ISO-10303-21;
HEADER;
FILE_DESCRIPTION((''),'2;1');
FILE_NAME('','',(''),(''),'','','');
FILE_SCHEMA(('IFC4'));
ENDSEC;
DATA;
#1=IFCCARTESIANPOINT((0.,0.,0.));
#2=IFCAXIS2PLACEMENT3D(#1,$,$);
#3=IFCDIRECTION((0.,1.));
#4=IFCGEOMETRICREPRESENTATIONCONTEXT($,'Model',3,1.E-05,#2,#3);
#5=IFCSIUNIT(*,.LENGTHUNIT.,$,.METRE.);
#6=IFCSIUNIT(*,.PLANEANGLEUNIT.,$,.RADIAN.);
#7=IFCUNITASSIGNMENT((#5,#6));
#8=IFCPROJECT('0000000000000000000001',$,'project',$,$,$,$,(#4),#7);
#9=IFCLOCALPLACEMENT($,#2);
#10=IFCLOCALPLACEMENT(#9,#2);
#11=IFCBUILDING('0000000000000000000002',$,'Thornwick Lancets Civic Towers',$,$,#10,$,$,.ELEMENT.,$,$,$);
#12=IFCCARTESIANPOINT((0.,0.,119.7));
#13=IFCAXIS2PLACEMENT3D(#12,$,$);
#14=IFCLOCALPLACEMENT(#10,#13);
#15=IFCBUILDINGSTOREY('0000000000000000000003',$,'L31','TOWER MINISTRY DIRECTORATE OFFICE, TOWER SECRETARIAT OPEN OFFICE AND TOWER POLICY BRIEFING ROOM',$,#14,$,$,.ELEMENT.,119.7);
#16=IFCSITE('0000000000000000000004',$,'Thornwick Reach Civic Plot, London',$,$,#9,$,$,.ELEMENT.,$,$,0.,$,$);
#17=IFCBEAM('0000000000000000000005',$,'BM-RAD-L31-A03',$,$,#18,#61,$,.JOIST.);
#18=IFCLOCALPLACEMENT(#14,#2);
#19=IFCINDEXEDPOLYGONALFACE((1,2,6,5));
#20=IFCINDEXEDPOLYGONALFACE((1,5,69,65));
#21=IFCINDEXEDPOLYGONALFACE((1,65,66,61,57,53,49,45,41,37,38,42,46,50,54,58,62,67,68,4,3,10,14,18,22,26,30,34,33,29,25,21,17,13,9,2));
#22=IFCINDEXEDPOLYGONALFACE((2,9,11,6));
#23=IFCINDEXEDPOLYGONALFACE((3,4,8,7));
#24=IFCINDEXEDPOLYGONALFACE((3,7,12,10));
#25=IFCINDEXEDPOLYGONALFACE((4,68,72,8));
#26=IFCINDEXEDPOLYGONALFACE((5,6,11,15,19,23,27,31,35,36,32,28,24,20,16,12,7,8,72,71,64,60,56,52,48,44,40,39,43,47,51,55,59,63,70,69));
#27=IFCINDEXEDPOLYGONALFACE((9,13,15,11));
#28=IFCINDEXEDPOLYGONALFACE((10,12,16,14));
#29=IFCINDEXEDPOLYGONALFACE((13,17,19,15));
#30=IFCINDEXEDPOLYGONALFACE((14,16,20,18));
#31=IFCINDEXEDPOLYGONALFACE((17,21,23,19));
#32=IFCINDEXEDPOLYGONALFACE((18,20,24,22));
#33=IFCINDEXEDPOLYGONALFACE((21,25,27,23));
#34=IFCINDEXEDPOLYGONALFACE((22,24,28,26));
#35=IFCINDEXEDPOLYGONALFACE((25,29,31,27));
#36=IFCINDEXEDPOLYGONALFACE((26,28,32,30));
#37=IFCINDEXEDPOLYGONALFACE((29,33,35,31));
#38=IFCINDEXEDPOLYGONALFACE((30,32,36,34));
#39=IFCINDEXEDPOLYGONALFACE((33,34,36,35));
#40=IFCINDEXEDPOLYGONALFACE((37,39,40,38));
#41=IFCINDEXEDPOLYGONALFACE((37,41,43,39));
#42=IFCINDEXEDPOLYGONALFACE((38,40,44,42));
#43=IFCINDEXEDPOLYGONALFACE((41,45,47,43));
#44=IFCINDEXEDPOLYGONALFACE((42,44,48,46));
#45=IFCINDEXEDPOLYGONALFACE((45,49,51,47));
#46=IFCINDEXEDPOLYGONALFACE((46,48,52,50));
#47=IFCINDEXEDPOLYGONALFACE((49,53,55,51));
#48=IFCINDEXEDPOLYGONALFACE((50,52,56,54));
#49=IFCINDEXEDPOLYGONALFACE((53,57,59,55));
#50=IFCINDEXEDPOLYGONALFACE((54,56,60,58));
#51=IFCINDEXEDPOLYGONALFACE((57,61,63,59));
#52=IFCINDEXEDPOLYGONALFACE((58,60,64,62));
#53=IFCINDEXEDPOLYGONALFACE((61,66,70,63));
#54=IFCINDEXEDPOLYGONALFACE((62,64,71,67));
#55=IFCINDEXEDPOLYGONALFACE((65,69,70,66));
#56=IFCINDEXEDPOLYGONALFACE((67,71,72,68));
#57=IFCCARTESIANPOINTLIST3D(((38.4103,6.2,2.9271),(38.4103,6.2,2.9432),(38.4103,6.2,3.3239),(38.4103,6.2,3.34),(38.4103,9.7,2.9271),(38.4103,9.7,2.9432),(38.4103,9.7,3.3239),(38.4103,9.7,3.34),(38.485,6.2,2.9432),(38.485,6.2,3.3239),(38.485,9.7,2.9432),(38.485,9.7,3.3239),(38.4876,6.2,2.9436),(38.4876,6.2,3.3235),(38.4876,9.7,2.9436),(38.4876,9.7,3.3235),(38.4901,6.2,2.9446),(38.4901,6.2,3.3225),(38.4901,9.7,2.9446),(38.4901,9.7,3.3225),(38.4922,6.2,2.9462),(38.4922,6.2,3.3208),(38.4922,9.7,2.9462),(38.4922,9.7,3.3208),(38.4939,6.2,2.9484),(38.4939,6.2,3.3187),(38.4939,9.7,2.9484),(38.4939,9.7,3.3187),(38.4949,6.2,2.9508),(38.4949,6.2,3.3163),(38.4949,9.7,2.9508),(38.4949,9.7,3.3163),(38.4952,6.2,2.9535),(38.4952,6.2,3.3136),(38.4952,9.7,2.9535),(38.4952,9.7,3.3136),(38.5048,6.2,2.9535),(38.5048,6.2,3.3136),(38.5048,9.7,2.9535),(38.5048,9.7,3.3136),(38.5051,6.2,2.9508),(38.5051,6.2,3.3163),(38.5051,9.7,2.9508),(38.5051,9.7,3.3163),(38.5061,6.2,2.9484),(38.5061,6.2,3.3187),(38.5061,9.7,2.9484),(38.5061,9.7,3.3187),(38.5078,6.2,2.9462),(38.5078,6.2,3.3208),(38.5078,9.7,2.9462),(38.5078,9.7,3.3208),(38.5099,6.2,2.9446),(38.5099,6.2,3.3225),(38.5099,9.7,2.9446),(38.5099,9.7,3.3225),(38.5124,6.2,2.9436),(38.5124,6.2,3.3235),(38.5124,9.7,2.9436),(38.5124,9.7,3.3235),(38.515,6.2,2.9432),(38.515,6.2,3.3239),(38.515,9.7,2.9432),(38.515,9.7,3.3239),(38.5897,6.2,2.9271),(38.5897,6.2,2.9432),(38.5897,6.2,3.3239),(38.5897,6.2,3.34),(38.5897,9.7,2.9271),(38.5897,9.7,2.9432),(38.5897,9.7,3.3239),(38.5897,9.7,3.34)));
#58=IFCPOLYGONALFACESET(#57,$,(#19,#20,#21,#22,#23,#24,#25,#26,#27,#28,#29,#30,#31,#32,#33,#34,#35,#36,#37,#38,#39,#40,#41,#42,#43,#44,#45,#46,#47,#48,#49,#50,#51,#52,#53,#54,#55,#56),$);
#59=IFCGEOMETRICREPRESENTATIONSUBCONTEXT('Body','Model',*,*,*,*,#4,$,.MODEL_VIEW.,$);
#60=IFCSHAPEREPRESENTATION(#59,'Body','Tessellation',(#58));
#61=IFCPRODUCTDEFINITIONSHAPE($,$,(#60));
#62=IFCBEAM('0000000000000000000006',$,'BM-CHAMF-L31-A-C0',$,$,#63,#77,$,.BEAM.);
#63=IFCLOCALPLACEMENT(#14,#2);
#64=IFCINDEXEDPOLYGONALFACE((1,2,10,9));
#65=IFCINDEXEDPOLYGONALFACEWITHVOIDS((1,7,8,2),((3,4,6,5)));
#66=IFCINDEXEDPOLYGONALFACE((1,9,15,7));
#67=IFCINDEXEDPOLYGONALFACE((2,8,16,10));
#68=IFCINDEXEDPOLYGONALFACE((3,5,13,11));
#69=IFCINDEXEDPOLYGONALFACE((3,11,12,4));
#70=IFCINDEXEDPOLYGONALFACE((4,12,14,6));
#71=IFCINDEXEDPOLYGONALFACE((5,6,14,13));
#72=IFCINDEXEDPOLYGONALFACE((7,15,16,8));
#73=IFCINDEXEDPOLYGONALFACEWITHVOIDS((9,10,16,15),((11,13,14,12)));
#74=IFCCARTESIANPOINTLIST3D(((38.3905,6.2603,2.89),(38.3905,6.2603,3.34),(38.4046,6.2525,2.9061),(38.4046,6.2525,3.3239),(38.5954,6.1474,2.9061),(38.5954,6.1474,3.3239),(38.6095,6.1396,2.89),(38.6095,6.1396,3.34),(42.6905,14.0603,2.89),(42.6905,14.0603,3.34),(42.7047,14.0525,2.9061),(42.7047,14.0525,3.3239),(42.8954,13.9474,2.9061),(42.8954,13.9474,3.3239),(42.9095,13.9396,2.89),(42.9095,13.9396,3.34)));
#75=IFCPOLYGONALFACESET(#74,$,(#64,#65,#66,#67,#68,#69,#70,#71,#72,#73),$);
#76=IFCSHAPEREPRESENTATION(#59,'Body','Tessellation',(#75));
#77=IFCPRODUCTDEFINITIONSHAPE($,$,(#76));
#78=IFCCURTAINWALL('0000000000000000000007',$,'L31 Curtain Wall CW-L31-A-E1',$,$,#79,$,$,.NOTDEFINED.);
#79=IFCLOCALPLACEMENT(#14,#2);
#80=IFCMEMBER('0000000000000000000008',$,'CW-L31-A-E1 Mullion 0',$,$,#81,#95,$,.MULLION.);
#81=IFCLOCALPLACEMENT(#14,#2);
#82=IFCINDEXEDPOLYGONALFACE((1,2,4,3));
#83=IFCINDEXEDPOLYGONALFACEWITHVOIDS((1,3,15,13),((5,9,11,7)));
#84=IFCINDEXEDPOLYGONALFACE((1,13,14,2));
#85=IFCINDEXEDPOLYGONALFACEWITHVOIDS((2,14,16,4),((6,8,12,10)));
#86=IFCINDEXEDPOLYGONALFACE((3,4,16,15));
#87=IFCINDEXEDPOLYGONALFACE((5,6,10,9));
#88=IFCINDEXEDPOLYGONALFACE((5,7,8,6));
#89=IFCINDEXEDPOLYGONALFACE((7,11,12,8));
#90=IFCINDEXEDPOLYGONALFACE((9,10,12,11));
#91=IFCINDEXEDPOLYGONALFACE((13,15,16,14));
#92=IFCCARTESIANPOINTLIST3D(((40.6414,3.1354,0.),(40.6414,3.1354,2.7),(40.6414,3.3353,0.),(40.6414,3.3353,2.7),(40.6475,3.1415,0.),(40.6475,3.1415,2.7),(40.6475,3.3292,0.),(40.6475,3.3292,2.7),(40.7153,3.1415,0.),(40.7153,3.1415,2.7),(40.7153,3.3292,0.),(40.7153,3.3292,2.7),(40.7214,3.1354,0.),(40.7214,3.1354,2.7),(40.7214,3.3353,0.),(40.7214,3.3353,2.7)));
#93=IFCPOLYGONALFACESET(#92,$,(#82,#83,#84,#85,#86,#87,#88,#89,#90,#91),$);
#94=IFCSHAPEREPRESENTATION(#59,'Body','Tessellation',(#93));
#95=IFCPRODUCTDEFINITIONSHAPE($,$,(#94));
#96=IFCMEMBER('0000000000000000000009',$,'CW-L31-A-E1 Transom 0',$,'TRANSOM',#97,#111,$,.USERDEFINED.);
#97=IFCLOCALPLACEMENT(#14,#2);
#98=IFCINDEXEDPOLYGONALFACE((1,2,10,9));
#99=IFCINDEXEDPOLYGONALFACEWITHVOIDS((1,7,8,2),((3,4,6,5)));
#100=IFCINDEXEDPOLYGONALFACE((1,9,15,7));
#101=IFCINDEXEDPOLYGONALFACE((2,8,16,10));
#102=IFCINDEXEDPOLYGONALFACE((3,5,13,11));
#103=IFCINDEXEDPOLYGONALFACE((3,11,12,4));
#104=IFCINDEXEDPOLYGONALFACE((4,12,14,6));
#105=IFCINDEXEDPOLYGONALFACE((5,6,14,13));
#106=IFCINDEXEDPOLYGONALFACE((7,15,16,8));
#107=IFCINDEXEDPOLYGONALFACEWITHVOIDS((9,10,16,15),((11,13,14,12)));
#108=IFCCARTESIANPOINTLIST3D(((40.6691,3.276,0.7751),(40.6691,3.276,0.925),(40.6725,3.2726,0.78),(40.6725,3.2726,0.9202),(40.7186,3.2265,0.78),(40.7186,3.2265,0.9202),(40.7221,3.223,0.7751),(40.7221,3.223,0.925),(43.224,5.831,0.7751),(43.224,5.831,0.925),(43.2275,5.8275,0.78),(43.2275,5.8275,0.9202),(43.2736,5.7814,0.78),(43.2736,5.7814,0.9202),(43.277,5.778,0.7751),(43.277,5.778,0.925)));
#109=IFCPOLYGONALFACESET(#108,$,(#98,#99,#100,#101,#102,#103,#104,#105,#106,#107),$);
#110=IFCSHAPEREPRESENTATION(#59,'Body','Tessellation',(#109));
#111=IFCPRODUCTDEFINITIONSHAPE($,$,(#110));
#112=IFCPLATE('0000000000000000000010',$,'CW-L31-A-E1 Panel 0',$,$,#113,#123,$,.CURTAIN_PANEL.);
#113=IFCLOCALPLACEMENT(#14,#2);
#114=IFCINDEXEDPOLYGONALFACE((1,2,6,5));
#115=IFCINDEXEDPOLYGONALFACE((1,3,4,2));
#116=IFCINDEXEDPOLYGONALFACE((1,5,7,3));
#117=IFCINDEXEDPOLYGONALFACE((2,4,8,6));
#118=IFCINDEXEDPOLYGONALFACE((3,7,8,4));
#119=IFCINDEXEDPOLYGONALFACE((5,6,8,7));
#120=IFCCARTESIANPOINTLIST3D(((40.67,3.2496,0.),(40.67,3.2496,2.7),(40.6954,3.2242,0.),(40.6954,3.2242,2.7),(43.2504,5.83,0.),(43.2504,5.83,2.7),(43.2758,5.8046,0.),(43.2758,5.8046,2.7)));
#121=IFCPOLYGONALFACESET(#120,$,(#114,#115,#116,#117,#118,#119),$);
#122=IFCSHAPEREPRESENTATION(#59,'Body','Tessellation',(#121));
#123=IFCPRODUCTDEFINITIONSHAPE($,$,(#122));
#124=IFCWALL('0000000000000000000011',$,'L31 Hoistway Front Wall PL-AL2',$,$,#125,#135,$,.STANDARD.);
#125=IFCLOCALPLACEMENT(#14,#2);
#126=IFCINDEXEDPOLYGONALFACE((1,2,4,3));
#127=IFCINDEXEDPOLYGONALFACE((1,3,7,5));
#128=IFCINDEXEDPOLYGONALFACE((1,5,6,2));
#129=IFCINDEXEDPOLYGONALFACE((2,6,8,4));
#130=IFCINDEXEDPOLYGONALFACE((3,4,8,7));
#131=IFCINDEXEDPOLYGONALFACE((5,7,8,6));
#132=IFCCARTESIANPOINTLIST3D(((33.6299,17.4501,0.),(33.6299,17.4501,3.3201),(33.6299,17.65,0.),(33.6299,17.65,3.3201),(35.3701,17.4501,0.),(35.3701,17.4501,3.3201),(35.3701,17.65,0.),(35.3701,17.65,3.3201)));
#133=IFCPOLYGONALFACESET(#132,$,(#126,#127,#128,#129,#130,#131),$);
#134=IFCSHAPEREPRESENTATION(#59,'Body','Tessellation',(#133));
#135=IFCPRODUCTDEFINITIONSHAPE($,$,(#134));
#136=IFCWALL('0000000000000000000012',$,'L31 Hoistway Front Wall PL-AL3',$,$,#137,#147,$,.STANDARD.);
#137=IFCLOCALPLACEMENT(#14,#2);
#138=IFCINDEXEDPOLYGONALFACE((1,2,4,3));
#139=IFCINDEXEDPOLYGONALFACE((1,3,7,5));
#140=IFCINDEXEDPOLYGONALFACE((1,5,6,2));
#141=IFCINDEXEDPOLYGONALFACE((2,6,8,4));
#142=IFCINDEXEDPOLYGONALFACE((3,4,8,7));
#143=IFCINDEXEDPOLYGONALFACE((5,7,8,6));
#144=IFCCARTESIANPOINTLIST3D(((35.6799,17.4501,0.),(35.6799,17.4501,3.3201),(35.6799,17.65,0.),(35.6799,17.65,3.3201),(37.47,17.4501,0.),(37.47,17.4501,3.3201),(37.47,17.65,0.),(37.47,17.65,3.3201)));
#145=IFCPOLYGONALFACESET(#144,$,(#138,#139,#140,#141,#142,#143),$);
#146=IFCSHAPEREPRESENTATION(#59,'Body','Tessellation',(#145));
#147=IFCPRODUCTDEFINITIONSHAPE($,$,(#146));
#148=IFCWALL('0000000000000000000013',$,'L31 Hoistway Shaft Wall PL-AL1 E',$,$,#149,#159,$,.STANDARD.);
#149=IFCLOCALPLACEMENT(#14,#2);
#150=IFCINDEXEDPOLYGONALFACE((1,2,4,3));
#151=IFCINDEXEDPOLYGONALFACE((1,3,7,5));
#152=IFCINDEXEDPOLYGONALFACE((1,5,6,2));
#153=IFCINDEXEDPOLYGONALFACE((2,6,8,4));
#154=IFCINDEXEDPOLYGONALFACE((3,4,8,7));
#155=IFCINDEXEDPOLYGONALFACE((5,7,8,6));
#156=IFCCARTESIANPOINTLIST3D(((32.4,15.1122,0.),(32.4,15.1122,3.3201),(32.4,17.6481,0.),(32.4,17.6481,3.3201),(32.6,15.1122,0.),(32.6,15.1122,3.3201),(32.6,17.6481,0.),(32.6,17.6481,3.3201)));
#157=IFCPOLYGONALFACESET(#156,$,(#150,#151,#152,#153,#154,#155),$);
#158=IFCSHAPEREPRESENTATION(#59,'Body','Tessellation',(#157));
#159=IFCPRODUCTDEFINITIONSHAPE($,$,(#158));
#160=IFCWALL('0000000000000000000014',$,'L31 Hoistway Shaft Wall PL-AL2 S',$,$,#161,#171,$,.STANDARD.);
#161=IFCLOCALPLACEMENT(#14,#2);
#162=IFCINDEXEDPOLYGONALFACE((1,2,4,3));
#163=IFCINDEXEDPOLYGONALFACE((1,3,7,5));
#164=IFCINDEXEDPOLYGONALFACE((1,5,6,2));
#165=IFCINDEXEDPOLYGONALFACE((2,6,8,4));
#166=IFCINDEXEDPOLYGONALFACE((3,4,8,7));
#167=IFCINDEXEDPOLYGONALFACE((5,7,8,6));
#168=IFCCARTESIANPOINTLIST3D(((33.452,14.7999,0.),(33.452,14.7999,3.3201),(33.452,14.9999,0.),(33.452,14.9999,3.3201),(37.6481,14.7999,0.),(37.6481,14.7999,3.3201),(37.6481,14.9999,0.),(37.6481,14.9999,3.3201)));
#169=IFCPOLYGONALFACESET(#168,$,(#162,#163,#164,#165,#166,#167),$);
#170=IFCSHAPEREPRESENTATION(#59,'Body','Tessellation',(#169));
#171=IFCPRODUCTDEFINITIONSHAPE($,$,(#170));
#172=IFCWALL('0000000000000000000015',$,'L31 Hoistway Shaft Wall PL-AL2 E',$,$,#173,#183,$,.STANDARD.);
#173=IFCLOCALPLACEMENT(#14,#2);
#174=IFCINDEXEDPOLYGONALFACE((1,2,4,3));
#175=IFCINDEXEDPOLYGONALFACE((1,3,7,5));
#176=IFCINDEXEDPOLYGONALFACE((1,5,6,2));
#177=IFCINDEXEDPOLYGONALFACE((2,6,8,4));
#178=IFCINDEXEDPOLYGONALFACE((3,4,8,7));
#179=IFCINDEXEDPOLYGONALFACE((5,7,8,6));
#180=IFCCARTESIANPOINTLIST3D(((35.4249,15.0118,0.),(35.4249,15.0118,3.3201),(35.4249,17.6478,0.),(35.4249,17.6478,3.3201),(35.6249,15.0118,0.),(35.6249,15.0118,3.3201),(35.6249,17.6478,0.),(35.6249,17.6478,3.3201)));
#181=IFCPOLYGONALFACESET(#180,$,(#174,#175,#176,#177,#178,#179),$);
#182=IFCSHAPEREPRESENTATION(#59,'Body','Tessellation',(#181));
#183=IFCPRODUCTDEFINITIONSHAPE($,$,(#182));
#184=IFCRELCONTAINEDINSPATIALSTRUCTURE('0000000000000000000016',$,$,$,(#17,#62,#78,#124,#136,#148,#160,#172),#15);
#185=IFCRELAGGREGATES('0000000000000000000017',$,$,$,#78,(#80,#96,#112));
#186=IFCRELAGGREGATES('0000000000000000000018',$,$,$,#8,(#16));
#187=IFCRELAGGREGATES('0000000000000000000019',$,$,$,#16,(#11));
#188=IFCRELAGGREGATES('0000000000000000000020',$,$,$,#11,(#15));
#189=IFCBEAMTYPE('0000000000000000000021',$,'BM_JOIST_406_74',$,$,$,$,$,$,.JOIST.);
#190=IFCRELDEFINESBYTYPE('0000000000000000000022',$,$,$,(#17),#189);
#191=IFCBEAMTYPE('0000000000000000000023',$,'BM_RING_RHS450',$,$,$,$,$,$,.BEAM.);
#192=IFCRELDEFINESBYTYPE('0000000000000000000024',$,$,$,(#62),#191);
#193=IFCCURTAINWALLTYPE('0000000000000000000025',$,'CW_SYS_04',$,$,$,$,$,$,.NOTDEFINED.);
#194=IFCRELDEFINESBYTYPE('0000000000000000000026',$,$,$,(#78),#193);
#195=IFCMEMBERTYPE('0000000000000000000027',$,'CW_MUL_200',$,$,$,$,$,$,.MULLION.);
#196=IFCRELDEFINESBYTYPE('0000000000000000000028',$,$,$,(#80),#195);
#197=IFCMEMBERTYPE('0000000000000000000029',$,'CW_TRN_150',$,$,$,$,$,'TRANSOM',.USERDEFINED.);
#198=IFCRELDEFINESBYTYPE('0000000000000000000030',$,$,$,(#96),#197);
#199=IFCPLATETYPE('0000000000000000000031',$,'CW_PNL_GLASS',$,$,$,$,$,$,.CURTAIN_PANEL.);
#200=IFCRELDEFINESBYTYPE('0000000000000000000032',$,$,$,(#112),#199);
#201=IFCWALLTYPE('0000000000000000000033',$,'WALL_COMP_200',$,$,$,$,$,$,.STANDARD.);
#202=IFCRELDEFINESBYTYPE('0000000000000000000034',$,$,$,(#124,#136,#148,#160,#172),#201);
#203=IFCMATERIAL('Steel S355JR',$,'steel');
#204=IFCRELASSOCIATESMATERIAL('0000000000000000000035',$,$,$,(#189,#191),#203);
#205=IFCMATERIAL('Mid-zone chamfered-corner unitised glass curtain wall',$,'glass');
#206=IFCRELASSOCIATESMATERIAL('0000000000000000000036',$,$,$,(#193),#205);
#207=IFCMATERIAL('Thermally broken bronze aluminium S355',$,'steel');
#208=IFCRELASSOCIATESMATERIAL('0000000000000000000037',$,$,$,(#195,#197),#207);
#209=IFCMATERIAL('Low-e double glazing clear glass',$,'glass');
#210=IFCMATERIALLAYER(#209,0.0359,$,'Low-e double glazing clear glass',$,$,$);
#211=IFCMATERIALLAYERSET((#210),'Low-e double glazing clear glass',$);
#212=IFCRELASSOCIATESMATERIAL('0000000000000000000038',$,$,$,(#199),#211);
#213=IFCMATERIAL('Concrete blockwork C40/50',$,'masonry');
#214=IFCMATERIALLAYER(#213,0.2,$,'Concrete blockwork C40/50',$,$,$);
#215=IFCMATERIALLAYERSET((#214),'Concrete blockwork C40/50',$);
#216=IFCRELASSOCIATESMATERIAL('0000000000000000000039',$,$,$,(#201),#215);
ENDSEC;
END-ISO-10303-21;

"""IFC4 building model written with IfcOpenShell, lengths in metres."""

from ifc_helpers import new_model, si_unit, direction, frame, frame_2d, origin, origin_2d, place, context, subcontext, project, spatial, rectangle, hollow_rectangle, i_section, extrude, material, layer, layer_set, material_profile, profile_set, type_object, element, aggregate, save


model = new_model("IFC4")

# Units and contexts
model_context = context("Model", 3, precision=1e-05, world=origin(), true_north=direction((0.0, 1.0)))
body_context = subcontext(model_context, "Body", "Model", "MODEL_VIEW")
ifc_project = project(units=[si_unit("LENGTHUNIT", "METRE"), si_unit("PLANEANGLEUNIT", "RADIAN")], contexts=[model_context])

# Site, building, storey
site_placement = place(None, origin())
site = spatial("IfcSite", under=ifc_project, at=site_placement, Name="Thornwick Reach Civic Plot, London", CompositionType="ELEMENT", RefElevation=0.0)
building_placement = place(site_placement, origin())
building = spatial("IfcBuilding", under=site, at=building_placement, Name="Thornwick Lancets Civic Towers", CompositionType="ELEMENT")
storey_placement = place(building_placement, frame((0.0, 0.0, 119.7)))
storey = spatial("IfcBuildingStorey", under=building, at=storey_placement, Name="L31", Description="TOWER MINISTRY DIRECTORATE OFFICE, TOWER SECRETARIAT OPEN OFFICE AND TOWER POLICY BRIEFING ROOM", CompositionType="ELEMENT", Elevation=119.7)

# Beams
ifc_material_1 = material(Name="Steel S355JR", Category="steel")
ifc_material_profile_1 = material_profile(ifc_material_1, i_section(OverallWidth=0.1794, OverallDepth=0.4128, WebThickness=0.0095, FlangeThickness=0.0161, FilletRadius=0.0103, at=origin_2d()), Name="UKB 406x178x74")
ifc_profile_set_1 = profile_set([ifc_material_profile_1], Name="Steel S355JR")
beam_type_1 = type_object("IfcBeamType", Name="BM_JOIST_406_74", PredefinedType="JOIST", material=ifc_profile_set_1)
beam_1_placement = place(storey_placement, frame((38.5, 9.7, 3.1335), z_axis=(0.0, -1.0, 0.0), x_axis=(1.0, 0.0, 0.0)))
element("IfcBeam", 1, at=beam_1_placement, inside=storey, type_object=beam_type_1, Name="BM-RAD-L31-A03", PredefinedType="JOIST", context=body_context, shape_type="SweptSolid", body=[
    extrude(i_section(OverallWidth=0.1794, OverallDepth=0.4128, WebThickness=0.0095, FlangeThickness=0.0161, FilletRadius=0.0103, at=origin_2d()), origin(), (0.0, 0.0, 1.0), 3.5),
])
ifc_material_profile_2 = material_profile(ifc_material_1, hollow_rectangle(XDim=0.25, YDim=0.45, WallThickness=0.0161, at=origin_2d()), Name="RHS 450x250x16")
ifc_profile_set_2 = profile_set([ifc_material_profile_2], Name="Steel S355JR")
beam_type_2 = type_object("IfcBeamType", Name="BM_RING_RHS450", PredefinedType="BEAM", material=ifc_profile_set_2)
beam_2_placement = place(storey_placement, frame((38.5, 6.2, 3.115), z_axis=(0.482782, 0.87574, 0.0), x_axis=(-0.87574, 0.482782, 0.0)))
element("IfcBeam", 2, at=beam_2_placement, inside=storey, type_object=beam_type_2, Name="BM-CHAMF-L31-A-C0", PredefinedType="BEAM", context=body_context, shape_type="SweptSolid", body=[
    extrude(hollow_rectangle(XDim=0.25, YDim=0.45, WallThickness=0.0161, at=origin_2d()), origin(), (0.0, 0.0, 1.0), 8.9067),
])

# Curtain wall, members, plate
ifc_material_2 = material(Name="Mid-zone chamfered-corner unitised glass curtain wall", Category="glass")
curtain_wall_type = type_object("IfcCurtainWallType", Name="CW_SYS_04", PredefinedType="NOTDEFINED", material=ifc_material_2)
curtain_wall_placement = place(storey_placement, origin())
curtain_wall = element("IfcCurtainWall", 3, at=curtain_wall_placement, inside=storey, type_object=curtain_wall_type, Name="L31 Curtain Wall CW-L31-A-E1", PredefinedType="NOTDEFINED")
ifc_material_3 = material(Name="Thermally broken bronze aluminium S355", Category="steel")
ifc_material_profile_3 = material_profile(ifc_material_3, hollow_rectangle(XDim=0.0801, YDim=0.2, WallThickness=0.0061, at=origin_2d()), Name="RHS 200x80x6")
ifc_profile_set_3 = profile_set([ifc_material_profile_3], Name="Thermally broken bronze aluminium S355")
member_type_1 = type_object("IfcMemberType", Name="CW_MUL_200", PredefinedType="MULLION", material=ifc_profile_set_3)
member_1_placement = place(storey_placement, frame((40.6814, 3.2354, 0.0), z_axis=(0.0, 0.0, 1.0), x_axis=(1.0, 0.0, 0.0)))
member_1 = element("IfcMember", 4, at=member_1_placement, type_object=member_type_1, Name="CW-L31-A-E1 Mullion 0", PredefinedType="MULLION", context=body_context, shape_type="SweptSolid", body=[
    extrude(hollow_rectangle(XDim=0.0801, YDim=0.2, WallThickness=0.0061, at=origin_2d()), origin(), (0.0, 0.0, 1.0), 2.7),
])
ifc_material_profile_4 = material_profile(ifc_material_3, hollow_rectangle(XDim=0.075, YDim=0.1499, WallThickness=0.0049, at=origin_2d()), Name="RHS 150x75x5")
ifc_profile_set_4 = profile_set([ifc_material_profile_4], Name="Thermally broken bronze aluminium S355")
member_type_2 = type_object("IfcMemberType", Name="CW_TRN_150", ElementType="TRANSOM", PredefinedType="USERDEFINED", material=ifc_profile_set_4)
member_2_placement = place(storey_placement, frame((40.6956, 3.2495, 0.8501), z_axis=(0.707107, 0.707107, 0.0), x_axis=(-0.707107, 0.707107, 0.0)))
member_2 = element("IfcMember", 5, at=member_2_placement, type_object=member_type_2, Name="CW-L31-A-E1 Transom 0", ObjectType="TRANSOM", PredefinedType="USERDEFINED", context=body_context, shape_type="SweptSolid", body=[
    extrude(hollow_rectangle(XDim=0.075, YDim=0.1499, WallThickness=0.0049, at=origin_2d()), origin(), (0.0, 0.0, 1.0), 3.6133),
])
ifc_material_4 = material(Name="Low-e double glazing clear glass", Category="glass")
ifc_layer_1 = layer(ifc_material_4, 0.0359, Name="Low-e double glazing clear glass")
ifc_layer_set_1 = layer_set([ifc_layer_1], Name="Low-e double glazing clear glass")
plate_type = type_object("IfcPlateType", Name="CW_PNL_GLASS", PredefinedType="CURTAIN_PANEL", material=ifc_layer_set_1)
plate_placement = place(storey_placement, frame((41.9729, 4.5271, 0.0), z_axis=(0.0, 0.0, 1.0), x_axis=(0.707107, 0.707107, 0.0)))
plate = element("IfcPlate", 6, at=plate_placement, type_object=plate_type, Name="CW-L31-A-E1 Panel 0", PredefinedType="CURTAIN_PANEL", context=body_context, shape_type="SweptSolid", body=[
    extrude(rectangle(XDim=3.6492, YDim=0.0359, at=origin_2d()), origin(), (0.0, 0.0, 1.0), 2.7),
])
aggregate(curtain_wall, [member_1, member_2, plate])

# Walls
ifc_material_5 = material(Name="Concrete blockwork C40/50", Category="masonry")
ifc_layer_2 = layer(ifc_material_5, 0.2, Name="Concrete blockwork C40/50")
ifc_layer_set_2 = layer_set([ifc_layer_2], Name="Concrete blockwork C40/50")
wall_type_1 = type_object("IfcWallType", Name="WALL_COMP_200", PredefinedType="STANDARD", material=ifc_layer_set_2)
wall_1_placement = place(storey_placement, frame((33.6299, 17.55, 0.0), z_axis=(0.0, 0.0, 1.0), x_axis=(1.0, 0.0, 0.0)))
element("IfcWall", 7, at=wall_1_placement, inside=storey, type_object=wall_type_1, Name="L31 Hoistway Front Wall PL-AL2", PredefinedType="STANDARD", context=body_context, shape_type="SweptSolid", body=[
    extrude(rectangle(XDim=1.7402, YDim=0.2, at=frame_2d((0.8701, 0.0))), origin(), (0.0, 0.0, 1.0), 3.3201),
])
wall_2_placement = place(storey_placement, frame((35.6799, 17.55, 0.0), z_axis=(0.0, 0.0, 1.0), x_axis=(1.0, 0.0, 0.0)))
element("IfcWall", 8, at=wall_2_placement, inside=storey, type_object=wall_type_1, Name="L31 Hoistway Front Wall PL-AL3", PredefinedType="STANDARD", context=body_context, shape_type="SweptSolid", body=[
    extrude(rectangle(XDim=1.79, YDim=0.2, at=frame_2d((0.895, 0.0))), origin(), (0.0, 0.0, 1.0), 3.3201),
])
wall_3_placement = place(storey_placement, frame((32.5, 15.1121, 0.0), z_axis=(0.0, 0.0, 1.0), x_axis=(0.0, 1.0, 0.0)))
element("IfcWall", 9, at=wall_3_placement, inside=storey, type_object=wall_type_1, Name="L31 Hoistway Shaft Wall PL-AL1 E", PredefinedType="STANDARD", context=body_context, shape_type="SweptSolid", body=[
    extrude(rectangle(XDim=2.5359, YDim=0.2, at=frame_2d((1.2681, 0.0))), origin(), (0.0, 0.0, 1.0), 3.3201),
])
wall_4_placement = place(storey_placement, frame((33.4519, 14.8999, 0.0), z_axis=(0.0, 0.0, 1.0), x_axis=(1.0, 0.0, 0.0)))
element("IfcWall", 10, at=wall_4_placement, inside=storey, type_object=wall_type_1, Name="L31 Hoistway Shaft Wall PL-AL2 S", PredefinedType="STANDARD", context=body_context, shape_type="SweptSolid", body=[
    extrude(rectangle(XDim=4.196, YDim=0.2, at=frame_2d((2.0981, 0.0))), origin(), (0.0, 0.0, 1.0), 3.3201),
])
wall_5_placement = place(storey_placement, frame((35.5249, 15.012, 0.0), z_axis=(0.0, 0.0, 1.0), x_axis=(0.0, 1.0, 0.0)))
element("IfcWall", 11, at=wall_5_placement, inside=storey, type_object=wall_type_1, Name="L31 Hoistway Shaft Wall PL-AL2 E", PredefinedType="STANDARD", context=body_context, shape_type="SweptSolid", body=[
    extrude(rectangle(XDim=2.636, YDim=0.2, at=frame_2d((1.3179, 0.0))), origin(), (0.0, 0.0, 1.0), 3.3201),
])

save(model, "model.ifc")
